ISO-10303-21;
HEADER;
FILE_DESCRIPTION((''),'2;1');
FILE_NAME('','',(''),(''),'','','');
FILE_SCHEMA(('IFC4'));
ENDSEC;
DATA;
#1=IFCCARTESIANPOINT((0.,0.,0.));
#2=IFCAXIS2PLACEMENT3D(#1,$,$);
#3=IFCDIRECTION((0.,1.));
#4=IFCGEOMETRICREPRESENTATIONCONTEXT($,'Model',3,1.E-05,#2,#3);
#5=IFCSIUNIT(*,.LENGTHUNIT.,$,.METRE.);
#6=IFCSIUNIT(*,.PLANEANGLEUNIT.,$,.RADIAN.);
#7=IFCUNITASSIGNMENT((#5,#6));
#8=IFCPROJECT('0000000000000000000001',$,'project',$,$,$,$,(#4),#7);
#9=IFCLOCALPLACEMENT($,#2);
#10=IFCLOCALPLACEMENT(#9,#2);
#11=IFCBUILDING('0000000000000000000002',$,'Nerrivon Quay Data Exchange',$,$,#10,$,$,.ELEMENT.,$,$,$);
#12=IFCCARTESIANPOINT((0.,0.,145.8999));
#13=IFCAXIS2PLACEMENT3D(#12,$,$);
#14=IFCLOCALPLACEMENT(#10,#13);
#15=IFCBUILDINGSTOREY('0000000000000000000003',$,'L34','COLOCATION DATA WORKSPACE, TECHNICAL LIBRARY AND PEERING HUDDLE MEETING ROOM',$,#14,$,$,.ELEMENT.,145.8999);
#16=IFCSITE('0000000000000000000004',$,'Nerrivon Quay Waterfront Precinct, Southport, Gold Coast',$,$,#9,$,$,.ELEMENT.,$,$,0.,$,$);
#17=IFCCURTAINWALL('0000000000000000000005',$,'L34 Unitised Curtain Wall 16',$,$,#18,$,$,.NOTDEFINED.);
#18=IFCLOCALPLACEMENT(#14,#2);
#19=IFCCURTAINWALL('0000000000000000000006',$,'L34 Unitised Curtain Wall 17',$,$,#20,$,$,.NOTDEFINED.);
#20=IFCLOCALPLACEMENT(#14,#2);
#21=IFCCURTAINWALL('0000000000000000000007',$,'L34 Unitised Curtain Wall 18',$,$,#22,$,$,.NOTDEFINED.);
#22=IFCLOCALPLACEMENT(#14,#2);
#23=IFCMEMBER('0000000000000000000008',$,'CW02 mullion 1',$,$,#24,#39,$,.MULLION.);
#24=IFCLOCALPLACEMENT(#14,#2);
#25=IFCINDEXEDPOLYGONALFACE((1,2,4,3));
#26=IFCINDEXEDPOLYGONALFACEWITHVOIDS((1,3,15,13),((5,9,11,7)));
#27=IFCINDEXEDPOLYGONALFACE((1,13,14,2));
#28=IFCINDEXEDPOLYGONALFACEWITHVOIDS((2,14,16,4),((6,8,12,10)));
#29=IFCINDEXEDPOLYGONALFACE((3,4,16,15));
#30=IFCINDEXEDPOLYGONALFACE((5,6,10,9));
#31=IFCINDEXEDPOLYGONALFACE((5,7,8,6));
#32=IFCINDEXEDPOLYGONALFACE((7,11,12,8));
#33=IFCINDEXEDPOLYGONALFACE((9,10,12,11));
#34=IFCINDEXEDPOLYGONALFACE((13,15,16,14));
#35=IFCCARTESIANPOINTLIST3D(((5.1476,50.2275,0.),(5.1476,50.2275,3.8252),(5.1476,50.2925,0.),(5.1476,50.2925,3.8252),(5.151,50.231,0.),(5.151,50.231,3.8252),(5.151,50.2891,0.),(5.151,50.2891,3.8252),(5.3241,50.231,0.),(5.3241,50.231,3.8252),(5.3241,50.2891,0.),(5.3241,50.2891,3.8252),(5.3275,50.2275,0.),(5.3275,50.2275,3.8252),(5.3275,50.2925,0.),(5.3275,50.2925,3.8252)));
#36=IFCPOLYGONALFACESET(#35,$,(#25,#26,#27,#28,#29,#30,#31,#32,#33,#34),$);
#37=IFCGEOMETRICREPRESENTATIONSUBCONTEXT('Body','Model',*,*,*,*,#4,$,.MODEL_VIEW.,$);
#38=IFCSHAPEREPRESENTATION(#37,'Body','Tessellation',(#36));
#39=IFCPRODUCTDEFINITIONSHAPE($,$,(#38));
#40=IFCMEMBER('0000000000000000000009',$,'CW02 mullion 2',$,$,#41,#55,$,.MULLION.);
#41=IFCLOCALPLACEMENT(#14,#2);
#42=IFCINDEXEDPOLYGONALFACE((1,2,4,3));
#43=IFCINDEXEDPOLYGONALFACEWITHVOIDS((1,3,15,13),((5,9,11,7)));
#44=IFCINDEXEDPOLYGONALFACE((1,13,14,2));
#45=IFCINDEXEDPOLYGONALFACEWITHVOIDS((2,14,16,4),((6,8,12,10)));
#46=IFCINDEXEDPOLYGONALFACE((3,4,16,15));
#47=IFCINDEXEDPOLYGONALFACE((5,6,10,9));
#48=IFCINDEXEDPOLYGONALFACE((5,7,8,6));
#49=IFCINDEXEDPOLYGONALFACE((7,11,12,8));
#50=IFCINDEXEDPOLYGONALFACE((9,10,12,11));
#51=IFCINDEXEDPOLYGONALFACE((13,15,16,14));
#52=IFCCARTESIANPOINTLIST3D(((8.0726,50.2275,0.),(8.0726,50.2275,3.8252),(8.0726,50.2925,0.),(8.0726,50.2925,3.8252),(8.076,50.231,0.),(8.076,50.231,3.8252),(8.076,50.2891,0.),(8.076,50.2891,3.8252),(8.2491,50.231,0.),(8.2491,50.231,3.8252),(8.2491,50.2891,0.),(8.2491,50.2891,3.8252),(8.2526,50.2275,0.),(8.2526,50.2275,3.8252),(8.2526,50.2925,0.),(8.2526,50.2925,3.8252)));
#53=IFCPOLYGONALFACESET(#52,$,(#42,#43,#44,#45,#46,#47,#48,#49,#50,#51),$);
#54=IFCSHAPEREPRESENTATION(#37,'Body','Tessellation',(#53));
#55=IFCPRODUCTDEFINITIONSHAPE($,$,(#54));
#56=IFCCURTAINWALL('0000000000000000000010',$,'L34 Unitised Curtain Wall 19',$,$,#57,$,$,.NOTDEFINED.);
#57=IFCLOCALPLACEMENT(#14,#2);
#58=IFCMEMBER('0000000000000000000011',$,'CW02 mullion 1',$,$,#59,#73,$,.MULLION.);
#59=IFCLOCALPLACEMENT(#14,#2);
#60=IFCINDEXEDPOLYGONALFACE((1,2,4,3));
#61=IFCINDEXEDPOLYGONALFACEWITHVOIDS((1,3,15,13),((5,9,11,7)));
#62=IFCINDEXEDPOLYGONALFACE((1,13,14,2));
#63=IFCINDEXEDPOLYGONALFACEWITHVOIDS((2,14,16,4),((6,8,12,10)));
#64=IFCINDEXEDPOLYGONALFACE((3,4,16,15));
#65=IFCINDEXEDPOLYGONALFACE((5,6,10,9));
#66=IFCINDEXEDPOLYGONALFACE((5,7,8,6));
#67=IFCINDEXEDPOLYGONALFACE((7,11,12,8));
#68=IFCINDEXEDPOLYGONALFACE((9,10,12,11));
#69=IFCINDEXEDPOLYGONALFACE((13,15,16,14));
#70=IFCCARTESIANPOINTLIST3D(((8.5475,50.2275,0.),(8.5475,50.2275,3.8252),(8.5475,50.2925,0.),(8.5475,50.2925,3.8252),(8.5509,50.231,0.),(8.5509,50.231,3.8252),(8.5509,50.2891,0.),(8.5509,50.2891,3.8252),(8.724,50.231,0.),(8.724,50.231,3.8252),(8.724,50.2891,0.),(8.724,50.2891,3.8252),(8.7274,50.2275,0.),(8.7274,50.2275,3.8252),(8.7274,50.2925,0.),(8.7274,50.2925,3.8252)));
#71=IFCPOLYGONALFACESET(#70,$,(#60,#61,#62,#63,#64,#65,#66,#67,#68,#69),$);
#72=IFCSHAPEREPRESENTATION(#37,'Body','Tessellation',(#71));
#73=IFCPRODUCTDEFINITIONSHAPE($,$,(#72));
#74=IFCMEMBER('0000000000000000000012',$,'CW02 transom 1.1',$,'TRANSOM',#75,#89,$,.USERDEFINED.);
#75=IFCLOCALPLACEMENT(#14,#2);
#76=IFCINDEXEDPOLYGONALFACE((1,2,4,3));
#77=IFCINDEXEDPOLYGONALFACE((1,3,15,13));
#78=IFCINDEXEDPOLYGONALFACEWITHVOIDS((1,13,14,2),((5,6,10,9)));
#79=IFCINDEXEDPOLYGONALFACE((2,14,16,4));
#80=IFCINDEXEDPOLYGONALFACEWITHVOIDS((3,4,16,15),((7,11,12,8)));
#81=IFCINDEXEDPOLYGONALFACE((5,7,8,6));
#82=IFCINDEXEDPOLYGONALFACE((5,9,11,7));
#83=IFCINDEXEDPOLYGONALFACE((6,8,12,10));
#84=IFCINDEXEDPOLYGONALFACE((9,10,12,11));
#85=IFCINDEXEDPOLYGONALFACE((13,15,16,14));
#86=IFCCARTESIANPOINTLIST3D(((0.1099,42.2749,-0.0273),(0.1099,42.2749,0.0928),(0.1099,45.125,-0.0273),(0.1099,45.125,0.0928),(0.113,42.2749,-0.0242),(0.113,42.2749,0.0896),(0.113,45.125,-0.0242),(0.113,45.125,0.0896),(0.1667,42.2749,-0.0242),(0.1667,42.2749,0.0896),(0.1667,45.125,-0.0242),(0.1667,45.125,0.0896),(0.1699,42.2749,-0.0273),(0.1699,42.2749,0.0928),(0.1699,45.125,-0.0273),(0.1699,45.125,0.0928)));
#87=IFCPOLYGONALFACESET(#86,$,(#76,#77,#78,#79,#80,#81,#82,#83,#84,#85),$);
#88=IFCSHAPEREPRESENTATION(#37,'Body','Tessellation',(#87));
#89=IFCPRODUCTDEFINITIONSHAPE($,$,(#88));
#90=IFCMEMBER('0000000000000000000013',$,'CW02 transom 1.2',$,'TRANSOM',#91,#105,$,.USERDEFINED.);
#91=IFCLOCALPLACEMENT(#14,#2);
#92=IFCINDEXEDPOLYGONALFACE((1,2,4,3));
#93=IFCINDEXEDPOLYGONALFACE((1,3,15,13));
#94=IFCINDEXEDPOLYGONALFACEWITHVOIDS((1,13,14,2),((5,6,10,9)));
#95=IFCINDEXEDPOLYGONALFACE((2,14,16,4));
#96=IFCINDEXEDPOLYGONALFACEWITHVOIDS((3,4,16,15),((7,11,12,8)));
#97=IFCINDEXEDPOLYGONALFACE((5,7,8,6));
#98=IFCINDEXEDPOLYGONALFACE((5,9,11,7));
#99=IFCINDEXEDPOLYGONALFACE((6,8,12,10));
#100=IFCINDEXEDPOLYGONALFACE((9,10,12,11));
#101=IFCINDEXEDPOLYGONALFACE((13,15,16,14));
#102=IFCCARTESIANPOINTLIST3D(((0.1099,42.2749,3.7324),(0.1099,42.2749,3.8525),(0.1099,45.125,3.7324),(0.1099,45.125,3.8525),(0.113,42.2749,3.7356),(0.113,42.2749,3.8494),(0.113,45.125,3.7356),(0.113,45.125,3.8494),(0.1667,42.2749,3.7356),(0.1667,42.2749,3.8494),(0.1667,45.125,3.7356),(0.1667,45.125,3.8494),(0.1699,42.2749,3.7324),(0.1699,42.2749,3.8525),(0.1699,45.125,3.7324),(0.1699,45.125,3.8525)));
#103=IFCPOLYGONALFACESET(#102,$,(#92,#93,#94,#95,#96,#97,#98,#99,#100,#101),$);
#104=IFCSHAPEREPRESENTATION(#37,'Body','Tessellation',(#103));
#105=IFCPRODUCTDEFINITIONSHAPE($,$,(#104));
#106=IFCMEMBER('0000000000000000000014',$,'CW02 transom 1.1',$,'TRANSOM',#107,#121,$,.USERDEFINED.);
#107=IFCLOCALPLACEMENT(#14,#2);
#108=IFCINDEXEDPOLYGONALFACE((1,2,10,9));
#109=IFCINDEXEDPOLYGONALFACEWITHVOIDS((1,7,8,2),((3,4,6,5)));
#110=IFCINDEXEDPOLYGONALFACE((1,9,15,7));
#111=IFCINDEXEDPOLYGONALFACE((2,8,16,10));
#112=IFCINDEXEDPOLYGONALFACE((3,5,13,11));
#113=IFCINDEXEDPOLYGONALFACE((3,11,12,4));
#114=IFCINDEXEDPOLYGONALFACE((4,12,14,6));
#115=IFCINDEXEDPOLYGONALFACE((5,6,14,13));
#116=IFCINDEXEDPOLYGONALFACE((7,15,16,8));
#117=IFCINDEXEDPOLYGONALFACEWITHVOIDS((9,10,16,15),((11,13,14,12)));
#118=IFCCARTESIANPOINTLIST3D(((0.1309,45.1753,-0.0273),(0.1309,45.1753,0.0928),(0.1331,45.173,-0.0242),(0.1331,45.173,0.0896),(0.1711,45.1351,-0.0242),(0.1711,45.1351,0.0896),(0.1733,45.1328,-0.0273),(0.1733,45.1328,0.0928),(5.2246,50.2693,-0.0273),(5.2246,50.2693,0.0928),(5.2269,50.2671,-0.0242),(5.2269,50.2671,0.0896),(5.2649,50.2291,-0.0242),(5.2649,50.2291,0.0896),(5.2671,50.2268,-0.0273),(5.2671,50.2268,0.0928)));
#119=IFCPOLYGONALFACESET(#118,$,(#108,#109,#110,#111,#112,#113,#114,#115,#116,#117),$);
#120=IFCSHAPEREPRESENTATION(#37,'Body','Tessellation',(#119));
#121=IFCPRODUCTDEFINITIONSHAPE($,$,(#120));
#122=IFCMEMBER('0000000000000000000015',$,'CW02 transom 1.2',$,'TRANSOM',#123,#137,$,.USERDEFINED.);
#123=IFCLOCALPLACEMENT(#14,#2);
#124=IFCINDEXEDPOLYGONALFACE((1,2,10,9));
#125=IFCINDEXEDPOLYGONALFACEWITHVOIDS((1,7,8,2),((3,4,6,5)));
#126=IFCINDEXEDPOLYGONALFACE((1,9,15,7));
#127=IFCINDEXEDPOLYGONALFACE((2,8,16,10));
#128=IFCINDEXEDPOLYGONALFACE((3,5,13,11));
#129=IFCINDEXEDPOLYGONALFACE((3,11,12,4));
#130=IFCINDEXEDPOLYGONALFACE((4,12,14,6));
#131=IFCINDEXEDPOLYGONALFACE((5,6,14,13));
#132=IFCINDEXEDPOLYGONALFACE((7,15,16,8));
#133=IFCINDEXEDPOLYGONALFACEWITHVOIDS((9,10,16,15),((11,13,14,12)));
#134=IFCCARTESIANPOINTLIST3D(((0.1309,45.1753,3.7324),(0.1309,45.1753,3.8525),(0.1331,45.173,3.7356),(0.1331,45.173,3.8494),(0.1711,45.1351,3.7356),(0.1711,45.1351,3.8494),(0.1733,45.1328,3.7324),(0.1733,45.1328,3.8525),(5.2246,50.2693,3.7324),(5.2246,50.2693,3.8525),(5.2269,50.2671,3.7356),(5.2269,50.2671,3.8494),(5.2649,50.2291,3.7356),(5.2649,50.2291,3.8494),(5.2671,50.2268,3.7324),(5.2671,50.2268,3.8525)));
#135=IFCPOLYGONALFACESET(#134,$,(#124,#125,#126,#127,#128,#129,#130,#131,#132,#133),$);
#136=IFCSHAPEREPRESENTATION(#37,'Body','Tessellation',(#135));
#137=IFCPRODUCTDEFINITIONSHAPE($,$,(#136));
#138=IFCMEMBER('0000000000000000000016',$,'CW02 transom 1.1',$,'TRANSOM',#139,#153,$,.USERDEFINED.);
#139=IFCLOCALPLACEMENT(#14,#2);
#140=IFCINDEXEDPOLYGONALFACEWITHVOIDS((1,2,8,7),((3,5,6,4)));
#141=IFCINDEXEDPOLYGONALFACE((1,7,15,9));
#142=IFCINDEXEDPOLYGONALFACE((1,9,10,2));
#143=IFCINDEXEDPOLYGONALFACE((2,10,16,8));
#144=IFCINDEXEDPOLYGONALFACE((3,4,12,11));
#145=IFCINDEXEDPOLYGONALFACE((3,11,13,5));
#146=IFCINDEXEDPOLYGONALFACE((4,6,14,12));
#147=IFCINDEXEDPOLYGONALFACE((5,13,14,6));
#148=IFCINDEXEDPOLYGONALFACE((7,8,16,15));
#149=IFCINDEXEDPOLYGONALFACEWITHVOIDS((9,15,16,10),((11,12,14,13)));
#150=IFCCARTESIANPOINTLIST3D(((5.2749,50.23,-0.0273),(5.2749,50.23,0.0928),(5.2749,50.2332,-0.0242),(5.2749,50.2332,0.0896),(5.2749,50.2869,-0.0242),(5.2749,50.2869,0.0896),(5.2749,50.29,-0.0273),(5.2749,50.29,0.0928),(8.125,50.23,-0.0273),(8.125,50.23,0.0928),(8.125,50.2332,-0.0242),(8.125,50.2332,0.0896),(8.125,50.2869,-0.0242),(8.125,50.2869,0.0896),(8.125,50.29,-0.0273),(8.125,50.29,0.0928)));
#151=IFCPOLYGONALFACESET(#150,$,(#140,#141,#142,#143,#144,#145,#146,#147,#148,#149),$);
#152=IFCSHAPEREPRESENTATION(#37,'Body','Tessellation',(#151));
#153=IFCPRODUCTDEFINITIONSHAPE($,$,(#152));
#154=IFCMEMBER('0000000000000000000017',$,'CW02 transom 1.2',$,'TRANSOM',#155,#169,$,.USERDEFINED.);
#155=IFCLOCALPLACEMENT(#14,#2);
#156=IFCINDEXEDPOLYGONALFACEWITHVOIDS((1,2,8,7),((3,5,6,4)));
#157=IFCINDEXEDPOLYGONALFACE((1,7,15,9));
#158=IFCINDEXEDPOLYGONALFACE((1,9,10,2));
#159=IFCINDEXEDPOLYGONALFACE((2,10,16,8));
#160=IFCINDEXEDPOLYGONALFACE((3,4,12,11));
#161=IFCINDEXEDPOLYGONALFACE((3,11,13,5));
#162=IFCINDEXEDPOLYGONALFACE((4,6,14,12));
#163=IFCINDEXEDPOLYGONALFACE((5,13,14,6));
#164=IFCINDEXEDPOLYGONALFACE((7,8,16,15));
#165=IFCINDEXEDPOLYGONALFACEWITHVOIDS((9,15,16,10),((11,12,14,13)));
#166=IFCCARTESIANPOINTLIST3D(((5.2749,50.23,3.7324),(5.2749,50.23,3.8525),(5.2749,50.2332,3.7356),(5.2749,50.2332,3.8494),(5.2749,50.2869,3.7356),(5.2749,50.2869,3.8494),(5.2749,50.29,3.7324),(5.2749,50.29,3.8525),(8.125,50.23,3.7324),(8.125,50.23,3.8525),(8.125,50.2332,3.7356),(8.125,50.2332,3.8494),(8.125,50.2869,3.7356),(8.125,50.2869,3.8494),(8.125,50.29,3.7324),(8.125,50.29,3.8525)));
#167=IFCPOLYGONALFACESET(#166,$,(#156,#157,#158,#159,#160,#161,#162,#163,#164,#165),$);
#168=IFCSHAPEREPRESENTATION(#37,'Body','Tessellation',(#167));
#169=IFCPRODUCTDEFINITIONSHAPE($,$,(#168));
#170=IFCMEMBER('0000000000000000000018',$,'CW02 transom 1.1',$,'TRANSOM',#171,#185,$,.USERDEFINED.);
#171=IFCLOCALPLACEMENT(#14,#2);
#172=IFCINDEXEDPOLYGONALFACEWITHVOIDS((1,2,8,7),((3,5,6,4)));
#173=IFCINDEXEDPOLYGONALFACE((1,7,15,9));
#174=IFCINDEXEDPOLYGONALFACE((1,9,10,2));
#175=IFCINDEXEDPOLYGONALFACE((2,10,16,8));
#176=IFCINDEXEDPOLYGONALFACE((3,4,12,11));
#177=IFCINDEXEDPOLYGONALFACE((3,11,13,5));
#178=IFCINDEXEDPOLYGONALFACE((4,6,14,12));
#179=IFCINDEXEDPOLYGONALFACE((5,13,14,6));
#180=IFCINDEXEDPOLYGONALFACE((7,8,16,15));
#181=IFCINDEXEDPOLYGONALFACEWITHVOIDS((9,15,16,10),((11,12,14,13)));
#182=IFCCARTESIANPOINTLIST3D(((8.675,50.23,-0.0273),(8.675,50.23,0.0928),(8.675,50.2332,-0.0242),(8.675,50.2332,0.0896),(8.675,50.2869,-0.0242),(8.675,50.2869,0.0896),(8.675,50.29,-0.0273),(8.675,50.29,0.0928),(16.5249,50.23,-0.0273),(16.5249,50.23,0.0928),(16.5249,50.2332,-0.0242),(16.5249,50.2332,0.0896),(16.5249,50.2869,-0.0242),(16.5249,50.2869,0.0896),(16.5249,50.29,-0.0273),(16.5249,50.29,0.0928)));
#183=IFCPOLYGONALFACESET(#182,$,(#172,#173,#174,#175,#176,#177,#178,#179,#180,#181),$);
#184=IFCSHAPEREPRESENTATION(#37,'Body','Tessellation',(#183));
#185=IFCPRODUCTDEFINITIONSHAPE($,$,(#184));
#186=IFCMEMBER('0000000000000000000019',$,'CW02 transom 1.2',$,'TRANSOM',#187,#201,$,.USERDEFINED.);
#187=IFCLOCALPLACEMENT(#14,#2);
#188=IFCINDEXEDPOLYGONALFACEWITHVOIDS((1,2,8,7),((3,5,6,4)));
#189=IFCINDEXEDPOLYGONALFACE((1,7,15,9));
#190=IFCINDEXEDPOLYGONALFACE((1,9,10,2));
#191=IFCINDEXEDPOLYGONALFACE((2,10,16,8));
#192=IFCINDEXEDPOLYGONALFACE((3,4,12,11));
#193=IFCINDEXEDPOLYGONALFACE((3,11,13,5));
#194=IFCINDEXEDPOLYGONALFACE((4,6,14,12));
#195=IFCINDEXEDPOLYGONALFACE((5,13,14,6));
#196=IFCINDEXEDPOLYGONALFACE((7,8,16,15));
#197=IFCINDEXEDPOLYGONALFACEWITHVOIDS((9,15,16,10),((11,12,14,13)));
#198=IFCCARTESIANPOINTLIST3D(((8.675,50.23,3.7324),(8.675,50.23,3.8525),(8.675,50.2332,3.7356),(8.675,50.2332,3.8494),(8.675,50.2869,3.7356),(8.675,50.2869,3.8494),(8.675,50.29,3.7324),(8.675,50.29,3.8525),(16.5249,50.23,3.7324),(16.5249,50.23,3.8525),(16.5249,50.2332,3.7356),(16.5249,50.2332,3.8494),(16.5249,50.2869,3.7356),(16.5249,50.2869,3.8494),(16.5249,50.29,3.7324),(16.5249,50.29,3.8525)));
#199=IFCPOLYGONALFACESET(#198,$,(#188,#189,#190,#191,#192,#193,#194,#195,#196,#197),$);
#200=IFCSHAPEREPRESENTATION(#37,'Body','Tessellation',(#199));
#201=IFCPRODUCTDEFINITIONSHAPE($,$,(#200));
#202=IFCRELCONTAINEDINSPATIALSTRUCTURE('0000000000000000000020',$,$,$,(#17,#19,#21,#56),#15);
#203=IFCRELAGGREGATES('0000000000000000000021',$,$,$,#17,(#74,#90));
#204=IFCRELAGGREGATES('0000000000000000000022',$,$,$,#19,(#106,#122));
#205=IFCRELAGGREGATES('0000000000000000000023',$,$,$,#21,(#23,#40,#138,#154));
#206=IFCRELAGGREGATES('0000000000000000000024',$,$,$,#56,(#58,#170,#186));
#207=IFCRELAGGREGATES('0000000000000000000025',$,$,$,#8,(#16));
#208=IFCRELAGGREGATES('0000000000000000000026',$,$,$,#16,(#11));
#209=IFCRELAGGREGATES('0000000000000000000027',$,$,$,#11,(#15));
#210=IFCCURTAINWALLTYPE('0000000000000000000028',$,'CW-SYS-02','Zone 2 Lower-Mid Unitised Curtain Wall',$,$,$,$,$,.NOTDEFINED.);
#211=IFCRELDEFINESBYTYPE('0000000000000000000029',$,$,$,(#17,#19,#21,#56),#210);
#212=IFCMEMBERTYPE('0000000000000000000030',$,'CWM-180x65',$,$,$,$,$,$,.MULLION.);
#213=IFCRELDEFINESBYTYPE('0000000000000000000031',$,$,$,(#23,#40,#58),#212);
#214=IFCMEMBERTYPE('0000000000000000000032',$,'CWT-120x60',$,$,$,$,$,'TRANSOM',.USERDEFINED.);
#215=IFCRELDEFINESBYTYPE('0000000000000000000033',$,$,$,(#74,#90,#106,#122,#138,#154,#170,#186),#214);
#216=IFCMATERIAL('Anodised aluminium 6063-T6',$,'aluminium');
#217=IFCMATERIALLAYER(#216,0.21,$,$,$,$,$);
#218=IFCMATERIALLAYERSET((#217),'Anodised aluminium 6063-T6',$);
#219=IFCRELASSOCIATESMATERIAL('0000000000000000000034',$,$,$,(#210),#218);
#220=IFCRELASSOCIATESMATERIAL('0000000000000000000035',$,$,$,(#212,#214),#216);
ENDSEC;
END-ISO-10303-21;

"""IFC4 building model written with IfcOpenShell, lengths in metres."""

from ifc_helpers import new_model, si_unit, direction, frame, origin, origin_2d, place, context, subcontext, project, spatial, hollow_rectangle, extrude, material, layer, layer_set, material_profile, profile_set, type_object, element, aggregate, save


model = new_model("IFC4")

# Units and contexts
model_context = context("Model", 3, precision=1e-05, world=origin(), true_north=direction((0.0, 1.0)))
body_context = subcontext(model_context, "Body", "Model", "MODEL_VIEW")
ifc_project = project(units=[si_unit("LENGTHUNIT", "METRE"), si_unit("PLANEANGLEUNIT", "RADIAN")], contexts=[model_context])

# Site, building, storey
site_placement = place(None, origin())
site = spatial("IfcSite", under=ifc_project, at=site_placement, Name="Nerrivon Quay Waterfront Precinct, Southport, Gold Coast", CompositionType="ELEMENT", RefElevation=0.0)
building_placement = place(site_placement, origin())
building = spatial("IfcBuilding", under=site, at=building_placement, Name="Nerrivon Quay Data Exchange", CompositionType="ELEMENT")
storey_placement = place(building_placement, frame((0.0, 0.0, 145.8999)))
storey = spatial("IfcBuildingStorey", under=building, at=storey_placement, Name="L34", Description="COLOCATION DATA WORKSPACE, TECHNICAL LIBRARY AND PEERING HUDDLE MEETING ROOM", CompositionType="ELEMENT", Elevation=145.8999)

# Curtain walls, members
ifc_material_1 = material(Name="Anodised aluminium 6063-T6", Category="aluminium")
ifc_layer_1 = layer(ifc_material_1, 0.21)
ifc_layer_set_1 = layer_set([ifc_layer_1], Name="Anodised aluminium 6063-T6")
curtain_wall_type = type_object("IfcCurtainWallType", Name="CW-SYS-02", Description="Zone 2 Lower-Mid Unitised Curtain Wall", PredefinedType="NOTDEFINED", material=ifc_layer_set_1)
curtain_wall_1_placement = place(storey_placement, origin())
curtain_wall_1 = element("IfcCurtainWall", 1, at=curtain_wall_1_placement, inside=storey, type_object=curtain_wall_type, Name="L34 Unitised Curtain Wall 16", PredefinedType="NOTDEFINED")
ifc_material_profile_1 = material_profile(ifc_material_1, hollow_rectangle(XDim=0.0649, YDim=0.1799, WallThickness=0.0034, at=origin_2d()), Name="ALU-MULL-180x65")
ifc_profile_set_1 = profile_set([ifc_material_profile_1], Name="Anodised aluminium 6063-T6")
member_type_1 = type_object("IfcMemberType", Name="CWM-180x65", PredefinedType="MULLION", material=ifc_profile_set_1)
curtain_wall_2_placement = place(storey_placement, origin())
curtain_wall_2 = element("IfcCurtainWall", 2, at=curtain_wall_2_placement, inside=storey, type_object=curtain_wall_type, Name="L34 Unitised Curtain Wall 17", PredefinedType="NOTDEFINED")
curtain_wall_3_placement = place(storey_placement, origin())
curtain_wall_3 = element("IfcCurtainWall", 3, at=curtain_wall_3_placement, inside=storey, type_object=curtain_wall_type, Name="L34 Unitised Curtain Wall 18", PredefinedType="NOTDEFINED")
member_1_placement = place(storey_placement, frame((5.2375, 50.26, 0.0), z_axis=(0.0, 0.0, 1.0), x_axis=(0.0, 1.0, 0.0)))
member_1 = element("IfcMember", 4, at=member_1_placement, type_object=member_type_1, Name="CW02 mullion 1", PredefinedType="MULLION", context=body_context, shape_type="SweptSolid", body=[
    extrude(hollow_rectangle(XDim=0.0649, YDim=0.1799, WallThickness=0.0034, at=origin_2d()), origin(), (0.0, 0.0, 1.0), 3.8252),
])
member_2_placement = place(storey_placement, frame((8.1626, 50.26, 0.0), z_axis=(0.0, 0.0, 1.0), x_axis=(0.0, 1.0, 0.0)))
member_2 = element("IfcMember", 5, at=member_2_placement, type_object=member_type_1, Name="CW02 mullion 2", PredefinedType="MULLION", context=body_context, shape_type="SweptSolid", body=[
    extrude(hollow_rectangle(XDim=0.0649, YDim=0.1799, WallThickness=0.0034, at=origin_2d()), origin(), (0.0, 0.0, 1.0), 3.8252),
])

# Curtain wall, member
curtain_wall_4_placement = place(storey_placement, origin())
curtain_wall_4 = element("IfcCurtainWall", 6, at=curtain_wall_4_placement, inside=storey, type_object=curtain_wall_type, Name="L34 Unitised Curtain Wall 19", PredefinedType="NOTDEFINED")
member_3_placement = place(storey_placement, frame((8.6375, 50.26, 0.0), z_axis=(0.0, 0.0, 1.0), x_axis=(0.0, 1.0, 0.0)))
member_3 = element("IfcMember", 7, at=member_3_placement, type_object=member_type_1, Name="CW02 mullion 1", PredefinedType="MULLION", context=body_context, shape_type="SweptSolid", body=[
    extrude(hollow_rectangle(XDim=0.0649, YDim=0.1799, WallThickness=0.0034, at=origin_2d()), origin(), (0.0, 0.0, 1.0), 3.8252),
])

# Members
ifc_material_profile_2 = material_profile(ifc_material_1, hollow_rectangle(XDim=0.0601, YDim=0.1201, WallThickness=0.0032, at=origin_2d()), Name="ALU-TRAN-120x60")
ifc_profile_set_2 = profile_set([ifc_material_profile_2], Name="Anodised aluminium 6063-T6")
member_type_2 = type_object("IfcMemberType", Name="CWT-120x60", ElementType="TRANSOM", PredefinedType="USERDEFINED", material=ifc_profile_set_2)
member_4_placement = place(storey_placement, frame((0.1399, 42.2749, 0.0327), z_axis=(0.0, 1.0, 0.0), x_axis=(-1.0, 0.0, 0.0)))
member_4 = element("IfcMember", 8, at=member_4_placement, type_object=member_type_2, Name="CW02 transom 1.1", ObjectType="TRANSOM", PredefinedType="USERDEFINED", context=body_context, shape_type="SweptSolid", body=[
    extrude(hollow_rectangle(XDim=0.0601, YDim=0.1201, WallThickness=0.0032, at=origin_2d()), origin(), (0.0, 0.0, 1.0), 2.8501),
])
member_5_placement = place(storey_placement, frame((0.1399, 42.2749, 3.7925), z_axis=(0.0, 1.0, 0.0), x_axis=(-1.0, 0.0, 0.0)))
member_5 = element("IfcMember", 9, at=member_5_placement, type_object=member_type_2, Name="CW02 transom 1.2", ObjectType="TRANSOM", PredefinedType="USERDEFINED", context=body_context, shape_type="SweptSolid", body=[
    extrude(hollow_rectangle(XDim=0.0601, YDim=0.1201, WallThickness=0.0032, at=origin_2d()), origin(), (0.0, 0.0, 1.0), 2.8501),
])
member_6_placement = place(storey_placement, frame((0.1521, 45.1541, 0.0327), z_axis=(0.70709, 0.707124, 0.0), x_axis=(-0.707124, 0.70709, 0.0)))
member_6 = element("IfcMember", 10, at=member_6_placement, type_object=member_type_2, Name="CW02 transom 1.1", ObjectType="TRANSOM", PredefinedType="USERDEFINED", context=body_context, shape_type="SweptSolid", body=[
    extrude(hollow_rectangle(XDim=0.0601, YDim=0.1201, WallThickness=0.0032, at=origin_2d()), origin(), (0.0, 0.0, 1.0), 7.2039),
])
member_7_placement = place(storey_placement, frame((0.1521, 45.1541, 3.7925), z_axis=(0.70709, 0.707124, 0.0), x_axis=(-0.707124, 0.70709, 0.0)))
member_7 = element("IfcMember", 11, at=member_7_placement, type_object=member_type_2, Name="CW02 transom 1.2", ObjectType="TRANSOM", PredefinedType="USERDEFINED", context=body_context, shape_type="SweptSolid", body=[
    extrude(hollow_rectangle(XDim=0.0601, YDim=0.1201, WallThickness=0.0032, at=origin_2d()), origin(), (0.0, 0.0, 1.0), 7.2039),
])
member_8_placement = place(storey_placement, frame((5.2749, 50.26, 0.0327), z_axis=(1.0, 0.0, 0.0), x_axis=(0.0, 1.0, 0.0)))
member_8 = element("IfcMember", 12, at=member_8_placement, type_object=member_type_2, Name="CW02 transom 1.1", ObjectType="TRANSOM", PredefinedType="USERDEFINED", context=body_context, shape_type="SweptSolid", body=[
    extrude(hollow_rectangle(XDim=0.0601, YDim=0.1201, WallThickness=0.0032, at=origin_2d()), origin(), (0.0, 0.0, 1.0), 2.8501),
])
member_9_placement = place(storey_placement, frame((5.2749, 50.26, 3.7925), z_axis=(1.0, 0.0, 0.0), x_axis=(0.0, 1.0, 0.0)))
member_9 = element("IfcMember", 13, at=member_9_placement, type_object=member_type_2, Name="CW02 transom 1.2", ObjectType="TRANSOM", PredefinedType="USERDEFINED", context=body_context, shape_type="SweptSolid", body=[
    extrude(hollow_rectangle(XDim=0.0601, YDim=0.1201, WallThickness=0.0032, at=origin_2d()), origin(), (0.0, 0.0, 1.0), 2.8501),
])
member_10_placement = place(storey_placement, frame((8.675, 50.26, 0.0327), z_axis=(1.0, 0.0, 0.0), x_axis=(0.0, 1.0, 0.0)))
member_10 = element("IfcMember", 14, at=member_10_placement, type_object=member_type_2, Name="CW02 transom 1.1", ObjectType="TRANSOM", PredefinedType="USERDEFINED", context=body_context, shape_type="SweptSolid", body=[
    extrude(hollow_rectangle(XDim=0.0601, YDim=0.1201, WallThickness=0.0032, at=origin_2d()), origin(), (0.0, 0.0, 1.0), 7.8499),
])
member_11_placement = place(storey_placement, frame((8.675, 50.26, 3.7925), z_axis=(1.0, 0.0, 0.0), x_axis=(0.0, 1.0, 0.0)))
member_11 = element("IfcMember", 15, at=member_11_placement, type_object=member_type_2, Name="CW02 transom 1.2", ObjectType="TRANSOM", PredefinedType="USERDEFINED", context=body_context, shape_type="SweptSolid", body=[
    extrude(hollow_rectangle(XDim=0.0601, YDim=0.1201, WallThickness=0.0032, at=origin_2d()), origin(), (0.0, 0.0, 1.0), 7.8499),
])

aggregate(curtain_wall_1, [member_4, member_5])
aggregate(curtain_wall_2, [member_6, member_7])
aggregate(curtain_wall_3, [member_1, member_2, member_8, member_9])
aggregate(curtain_wall_4, [member_3, member_10, member_11])

save(model, "model.ifc")
